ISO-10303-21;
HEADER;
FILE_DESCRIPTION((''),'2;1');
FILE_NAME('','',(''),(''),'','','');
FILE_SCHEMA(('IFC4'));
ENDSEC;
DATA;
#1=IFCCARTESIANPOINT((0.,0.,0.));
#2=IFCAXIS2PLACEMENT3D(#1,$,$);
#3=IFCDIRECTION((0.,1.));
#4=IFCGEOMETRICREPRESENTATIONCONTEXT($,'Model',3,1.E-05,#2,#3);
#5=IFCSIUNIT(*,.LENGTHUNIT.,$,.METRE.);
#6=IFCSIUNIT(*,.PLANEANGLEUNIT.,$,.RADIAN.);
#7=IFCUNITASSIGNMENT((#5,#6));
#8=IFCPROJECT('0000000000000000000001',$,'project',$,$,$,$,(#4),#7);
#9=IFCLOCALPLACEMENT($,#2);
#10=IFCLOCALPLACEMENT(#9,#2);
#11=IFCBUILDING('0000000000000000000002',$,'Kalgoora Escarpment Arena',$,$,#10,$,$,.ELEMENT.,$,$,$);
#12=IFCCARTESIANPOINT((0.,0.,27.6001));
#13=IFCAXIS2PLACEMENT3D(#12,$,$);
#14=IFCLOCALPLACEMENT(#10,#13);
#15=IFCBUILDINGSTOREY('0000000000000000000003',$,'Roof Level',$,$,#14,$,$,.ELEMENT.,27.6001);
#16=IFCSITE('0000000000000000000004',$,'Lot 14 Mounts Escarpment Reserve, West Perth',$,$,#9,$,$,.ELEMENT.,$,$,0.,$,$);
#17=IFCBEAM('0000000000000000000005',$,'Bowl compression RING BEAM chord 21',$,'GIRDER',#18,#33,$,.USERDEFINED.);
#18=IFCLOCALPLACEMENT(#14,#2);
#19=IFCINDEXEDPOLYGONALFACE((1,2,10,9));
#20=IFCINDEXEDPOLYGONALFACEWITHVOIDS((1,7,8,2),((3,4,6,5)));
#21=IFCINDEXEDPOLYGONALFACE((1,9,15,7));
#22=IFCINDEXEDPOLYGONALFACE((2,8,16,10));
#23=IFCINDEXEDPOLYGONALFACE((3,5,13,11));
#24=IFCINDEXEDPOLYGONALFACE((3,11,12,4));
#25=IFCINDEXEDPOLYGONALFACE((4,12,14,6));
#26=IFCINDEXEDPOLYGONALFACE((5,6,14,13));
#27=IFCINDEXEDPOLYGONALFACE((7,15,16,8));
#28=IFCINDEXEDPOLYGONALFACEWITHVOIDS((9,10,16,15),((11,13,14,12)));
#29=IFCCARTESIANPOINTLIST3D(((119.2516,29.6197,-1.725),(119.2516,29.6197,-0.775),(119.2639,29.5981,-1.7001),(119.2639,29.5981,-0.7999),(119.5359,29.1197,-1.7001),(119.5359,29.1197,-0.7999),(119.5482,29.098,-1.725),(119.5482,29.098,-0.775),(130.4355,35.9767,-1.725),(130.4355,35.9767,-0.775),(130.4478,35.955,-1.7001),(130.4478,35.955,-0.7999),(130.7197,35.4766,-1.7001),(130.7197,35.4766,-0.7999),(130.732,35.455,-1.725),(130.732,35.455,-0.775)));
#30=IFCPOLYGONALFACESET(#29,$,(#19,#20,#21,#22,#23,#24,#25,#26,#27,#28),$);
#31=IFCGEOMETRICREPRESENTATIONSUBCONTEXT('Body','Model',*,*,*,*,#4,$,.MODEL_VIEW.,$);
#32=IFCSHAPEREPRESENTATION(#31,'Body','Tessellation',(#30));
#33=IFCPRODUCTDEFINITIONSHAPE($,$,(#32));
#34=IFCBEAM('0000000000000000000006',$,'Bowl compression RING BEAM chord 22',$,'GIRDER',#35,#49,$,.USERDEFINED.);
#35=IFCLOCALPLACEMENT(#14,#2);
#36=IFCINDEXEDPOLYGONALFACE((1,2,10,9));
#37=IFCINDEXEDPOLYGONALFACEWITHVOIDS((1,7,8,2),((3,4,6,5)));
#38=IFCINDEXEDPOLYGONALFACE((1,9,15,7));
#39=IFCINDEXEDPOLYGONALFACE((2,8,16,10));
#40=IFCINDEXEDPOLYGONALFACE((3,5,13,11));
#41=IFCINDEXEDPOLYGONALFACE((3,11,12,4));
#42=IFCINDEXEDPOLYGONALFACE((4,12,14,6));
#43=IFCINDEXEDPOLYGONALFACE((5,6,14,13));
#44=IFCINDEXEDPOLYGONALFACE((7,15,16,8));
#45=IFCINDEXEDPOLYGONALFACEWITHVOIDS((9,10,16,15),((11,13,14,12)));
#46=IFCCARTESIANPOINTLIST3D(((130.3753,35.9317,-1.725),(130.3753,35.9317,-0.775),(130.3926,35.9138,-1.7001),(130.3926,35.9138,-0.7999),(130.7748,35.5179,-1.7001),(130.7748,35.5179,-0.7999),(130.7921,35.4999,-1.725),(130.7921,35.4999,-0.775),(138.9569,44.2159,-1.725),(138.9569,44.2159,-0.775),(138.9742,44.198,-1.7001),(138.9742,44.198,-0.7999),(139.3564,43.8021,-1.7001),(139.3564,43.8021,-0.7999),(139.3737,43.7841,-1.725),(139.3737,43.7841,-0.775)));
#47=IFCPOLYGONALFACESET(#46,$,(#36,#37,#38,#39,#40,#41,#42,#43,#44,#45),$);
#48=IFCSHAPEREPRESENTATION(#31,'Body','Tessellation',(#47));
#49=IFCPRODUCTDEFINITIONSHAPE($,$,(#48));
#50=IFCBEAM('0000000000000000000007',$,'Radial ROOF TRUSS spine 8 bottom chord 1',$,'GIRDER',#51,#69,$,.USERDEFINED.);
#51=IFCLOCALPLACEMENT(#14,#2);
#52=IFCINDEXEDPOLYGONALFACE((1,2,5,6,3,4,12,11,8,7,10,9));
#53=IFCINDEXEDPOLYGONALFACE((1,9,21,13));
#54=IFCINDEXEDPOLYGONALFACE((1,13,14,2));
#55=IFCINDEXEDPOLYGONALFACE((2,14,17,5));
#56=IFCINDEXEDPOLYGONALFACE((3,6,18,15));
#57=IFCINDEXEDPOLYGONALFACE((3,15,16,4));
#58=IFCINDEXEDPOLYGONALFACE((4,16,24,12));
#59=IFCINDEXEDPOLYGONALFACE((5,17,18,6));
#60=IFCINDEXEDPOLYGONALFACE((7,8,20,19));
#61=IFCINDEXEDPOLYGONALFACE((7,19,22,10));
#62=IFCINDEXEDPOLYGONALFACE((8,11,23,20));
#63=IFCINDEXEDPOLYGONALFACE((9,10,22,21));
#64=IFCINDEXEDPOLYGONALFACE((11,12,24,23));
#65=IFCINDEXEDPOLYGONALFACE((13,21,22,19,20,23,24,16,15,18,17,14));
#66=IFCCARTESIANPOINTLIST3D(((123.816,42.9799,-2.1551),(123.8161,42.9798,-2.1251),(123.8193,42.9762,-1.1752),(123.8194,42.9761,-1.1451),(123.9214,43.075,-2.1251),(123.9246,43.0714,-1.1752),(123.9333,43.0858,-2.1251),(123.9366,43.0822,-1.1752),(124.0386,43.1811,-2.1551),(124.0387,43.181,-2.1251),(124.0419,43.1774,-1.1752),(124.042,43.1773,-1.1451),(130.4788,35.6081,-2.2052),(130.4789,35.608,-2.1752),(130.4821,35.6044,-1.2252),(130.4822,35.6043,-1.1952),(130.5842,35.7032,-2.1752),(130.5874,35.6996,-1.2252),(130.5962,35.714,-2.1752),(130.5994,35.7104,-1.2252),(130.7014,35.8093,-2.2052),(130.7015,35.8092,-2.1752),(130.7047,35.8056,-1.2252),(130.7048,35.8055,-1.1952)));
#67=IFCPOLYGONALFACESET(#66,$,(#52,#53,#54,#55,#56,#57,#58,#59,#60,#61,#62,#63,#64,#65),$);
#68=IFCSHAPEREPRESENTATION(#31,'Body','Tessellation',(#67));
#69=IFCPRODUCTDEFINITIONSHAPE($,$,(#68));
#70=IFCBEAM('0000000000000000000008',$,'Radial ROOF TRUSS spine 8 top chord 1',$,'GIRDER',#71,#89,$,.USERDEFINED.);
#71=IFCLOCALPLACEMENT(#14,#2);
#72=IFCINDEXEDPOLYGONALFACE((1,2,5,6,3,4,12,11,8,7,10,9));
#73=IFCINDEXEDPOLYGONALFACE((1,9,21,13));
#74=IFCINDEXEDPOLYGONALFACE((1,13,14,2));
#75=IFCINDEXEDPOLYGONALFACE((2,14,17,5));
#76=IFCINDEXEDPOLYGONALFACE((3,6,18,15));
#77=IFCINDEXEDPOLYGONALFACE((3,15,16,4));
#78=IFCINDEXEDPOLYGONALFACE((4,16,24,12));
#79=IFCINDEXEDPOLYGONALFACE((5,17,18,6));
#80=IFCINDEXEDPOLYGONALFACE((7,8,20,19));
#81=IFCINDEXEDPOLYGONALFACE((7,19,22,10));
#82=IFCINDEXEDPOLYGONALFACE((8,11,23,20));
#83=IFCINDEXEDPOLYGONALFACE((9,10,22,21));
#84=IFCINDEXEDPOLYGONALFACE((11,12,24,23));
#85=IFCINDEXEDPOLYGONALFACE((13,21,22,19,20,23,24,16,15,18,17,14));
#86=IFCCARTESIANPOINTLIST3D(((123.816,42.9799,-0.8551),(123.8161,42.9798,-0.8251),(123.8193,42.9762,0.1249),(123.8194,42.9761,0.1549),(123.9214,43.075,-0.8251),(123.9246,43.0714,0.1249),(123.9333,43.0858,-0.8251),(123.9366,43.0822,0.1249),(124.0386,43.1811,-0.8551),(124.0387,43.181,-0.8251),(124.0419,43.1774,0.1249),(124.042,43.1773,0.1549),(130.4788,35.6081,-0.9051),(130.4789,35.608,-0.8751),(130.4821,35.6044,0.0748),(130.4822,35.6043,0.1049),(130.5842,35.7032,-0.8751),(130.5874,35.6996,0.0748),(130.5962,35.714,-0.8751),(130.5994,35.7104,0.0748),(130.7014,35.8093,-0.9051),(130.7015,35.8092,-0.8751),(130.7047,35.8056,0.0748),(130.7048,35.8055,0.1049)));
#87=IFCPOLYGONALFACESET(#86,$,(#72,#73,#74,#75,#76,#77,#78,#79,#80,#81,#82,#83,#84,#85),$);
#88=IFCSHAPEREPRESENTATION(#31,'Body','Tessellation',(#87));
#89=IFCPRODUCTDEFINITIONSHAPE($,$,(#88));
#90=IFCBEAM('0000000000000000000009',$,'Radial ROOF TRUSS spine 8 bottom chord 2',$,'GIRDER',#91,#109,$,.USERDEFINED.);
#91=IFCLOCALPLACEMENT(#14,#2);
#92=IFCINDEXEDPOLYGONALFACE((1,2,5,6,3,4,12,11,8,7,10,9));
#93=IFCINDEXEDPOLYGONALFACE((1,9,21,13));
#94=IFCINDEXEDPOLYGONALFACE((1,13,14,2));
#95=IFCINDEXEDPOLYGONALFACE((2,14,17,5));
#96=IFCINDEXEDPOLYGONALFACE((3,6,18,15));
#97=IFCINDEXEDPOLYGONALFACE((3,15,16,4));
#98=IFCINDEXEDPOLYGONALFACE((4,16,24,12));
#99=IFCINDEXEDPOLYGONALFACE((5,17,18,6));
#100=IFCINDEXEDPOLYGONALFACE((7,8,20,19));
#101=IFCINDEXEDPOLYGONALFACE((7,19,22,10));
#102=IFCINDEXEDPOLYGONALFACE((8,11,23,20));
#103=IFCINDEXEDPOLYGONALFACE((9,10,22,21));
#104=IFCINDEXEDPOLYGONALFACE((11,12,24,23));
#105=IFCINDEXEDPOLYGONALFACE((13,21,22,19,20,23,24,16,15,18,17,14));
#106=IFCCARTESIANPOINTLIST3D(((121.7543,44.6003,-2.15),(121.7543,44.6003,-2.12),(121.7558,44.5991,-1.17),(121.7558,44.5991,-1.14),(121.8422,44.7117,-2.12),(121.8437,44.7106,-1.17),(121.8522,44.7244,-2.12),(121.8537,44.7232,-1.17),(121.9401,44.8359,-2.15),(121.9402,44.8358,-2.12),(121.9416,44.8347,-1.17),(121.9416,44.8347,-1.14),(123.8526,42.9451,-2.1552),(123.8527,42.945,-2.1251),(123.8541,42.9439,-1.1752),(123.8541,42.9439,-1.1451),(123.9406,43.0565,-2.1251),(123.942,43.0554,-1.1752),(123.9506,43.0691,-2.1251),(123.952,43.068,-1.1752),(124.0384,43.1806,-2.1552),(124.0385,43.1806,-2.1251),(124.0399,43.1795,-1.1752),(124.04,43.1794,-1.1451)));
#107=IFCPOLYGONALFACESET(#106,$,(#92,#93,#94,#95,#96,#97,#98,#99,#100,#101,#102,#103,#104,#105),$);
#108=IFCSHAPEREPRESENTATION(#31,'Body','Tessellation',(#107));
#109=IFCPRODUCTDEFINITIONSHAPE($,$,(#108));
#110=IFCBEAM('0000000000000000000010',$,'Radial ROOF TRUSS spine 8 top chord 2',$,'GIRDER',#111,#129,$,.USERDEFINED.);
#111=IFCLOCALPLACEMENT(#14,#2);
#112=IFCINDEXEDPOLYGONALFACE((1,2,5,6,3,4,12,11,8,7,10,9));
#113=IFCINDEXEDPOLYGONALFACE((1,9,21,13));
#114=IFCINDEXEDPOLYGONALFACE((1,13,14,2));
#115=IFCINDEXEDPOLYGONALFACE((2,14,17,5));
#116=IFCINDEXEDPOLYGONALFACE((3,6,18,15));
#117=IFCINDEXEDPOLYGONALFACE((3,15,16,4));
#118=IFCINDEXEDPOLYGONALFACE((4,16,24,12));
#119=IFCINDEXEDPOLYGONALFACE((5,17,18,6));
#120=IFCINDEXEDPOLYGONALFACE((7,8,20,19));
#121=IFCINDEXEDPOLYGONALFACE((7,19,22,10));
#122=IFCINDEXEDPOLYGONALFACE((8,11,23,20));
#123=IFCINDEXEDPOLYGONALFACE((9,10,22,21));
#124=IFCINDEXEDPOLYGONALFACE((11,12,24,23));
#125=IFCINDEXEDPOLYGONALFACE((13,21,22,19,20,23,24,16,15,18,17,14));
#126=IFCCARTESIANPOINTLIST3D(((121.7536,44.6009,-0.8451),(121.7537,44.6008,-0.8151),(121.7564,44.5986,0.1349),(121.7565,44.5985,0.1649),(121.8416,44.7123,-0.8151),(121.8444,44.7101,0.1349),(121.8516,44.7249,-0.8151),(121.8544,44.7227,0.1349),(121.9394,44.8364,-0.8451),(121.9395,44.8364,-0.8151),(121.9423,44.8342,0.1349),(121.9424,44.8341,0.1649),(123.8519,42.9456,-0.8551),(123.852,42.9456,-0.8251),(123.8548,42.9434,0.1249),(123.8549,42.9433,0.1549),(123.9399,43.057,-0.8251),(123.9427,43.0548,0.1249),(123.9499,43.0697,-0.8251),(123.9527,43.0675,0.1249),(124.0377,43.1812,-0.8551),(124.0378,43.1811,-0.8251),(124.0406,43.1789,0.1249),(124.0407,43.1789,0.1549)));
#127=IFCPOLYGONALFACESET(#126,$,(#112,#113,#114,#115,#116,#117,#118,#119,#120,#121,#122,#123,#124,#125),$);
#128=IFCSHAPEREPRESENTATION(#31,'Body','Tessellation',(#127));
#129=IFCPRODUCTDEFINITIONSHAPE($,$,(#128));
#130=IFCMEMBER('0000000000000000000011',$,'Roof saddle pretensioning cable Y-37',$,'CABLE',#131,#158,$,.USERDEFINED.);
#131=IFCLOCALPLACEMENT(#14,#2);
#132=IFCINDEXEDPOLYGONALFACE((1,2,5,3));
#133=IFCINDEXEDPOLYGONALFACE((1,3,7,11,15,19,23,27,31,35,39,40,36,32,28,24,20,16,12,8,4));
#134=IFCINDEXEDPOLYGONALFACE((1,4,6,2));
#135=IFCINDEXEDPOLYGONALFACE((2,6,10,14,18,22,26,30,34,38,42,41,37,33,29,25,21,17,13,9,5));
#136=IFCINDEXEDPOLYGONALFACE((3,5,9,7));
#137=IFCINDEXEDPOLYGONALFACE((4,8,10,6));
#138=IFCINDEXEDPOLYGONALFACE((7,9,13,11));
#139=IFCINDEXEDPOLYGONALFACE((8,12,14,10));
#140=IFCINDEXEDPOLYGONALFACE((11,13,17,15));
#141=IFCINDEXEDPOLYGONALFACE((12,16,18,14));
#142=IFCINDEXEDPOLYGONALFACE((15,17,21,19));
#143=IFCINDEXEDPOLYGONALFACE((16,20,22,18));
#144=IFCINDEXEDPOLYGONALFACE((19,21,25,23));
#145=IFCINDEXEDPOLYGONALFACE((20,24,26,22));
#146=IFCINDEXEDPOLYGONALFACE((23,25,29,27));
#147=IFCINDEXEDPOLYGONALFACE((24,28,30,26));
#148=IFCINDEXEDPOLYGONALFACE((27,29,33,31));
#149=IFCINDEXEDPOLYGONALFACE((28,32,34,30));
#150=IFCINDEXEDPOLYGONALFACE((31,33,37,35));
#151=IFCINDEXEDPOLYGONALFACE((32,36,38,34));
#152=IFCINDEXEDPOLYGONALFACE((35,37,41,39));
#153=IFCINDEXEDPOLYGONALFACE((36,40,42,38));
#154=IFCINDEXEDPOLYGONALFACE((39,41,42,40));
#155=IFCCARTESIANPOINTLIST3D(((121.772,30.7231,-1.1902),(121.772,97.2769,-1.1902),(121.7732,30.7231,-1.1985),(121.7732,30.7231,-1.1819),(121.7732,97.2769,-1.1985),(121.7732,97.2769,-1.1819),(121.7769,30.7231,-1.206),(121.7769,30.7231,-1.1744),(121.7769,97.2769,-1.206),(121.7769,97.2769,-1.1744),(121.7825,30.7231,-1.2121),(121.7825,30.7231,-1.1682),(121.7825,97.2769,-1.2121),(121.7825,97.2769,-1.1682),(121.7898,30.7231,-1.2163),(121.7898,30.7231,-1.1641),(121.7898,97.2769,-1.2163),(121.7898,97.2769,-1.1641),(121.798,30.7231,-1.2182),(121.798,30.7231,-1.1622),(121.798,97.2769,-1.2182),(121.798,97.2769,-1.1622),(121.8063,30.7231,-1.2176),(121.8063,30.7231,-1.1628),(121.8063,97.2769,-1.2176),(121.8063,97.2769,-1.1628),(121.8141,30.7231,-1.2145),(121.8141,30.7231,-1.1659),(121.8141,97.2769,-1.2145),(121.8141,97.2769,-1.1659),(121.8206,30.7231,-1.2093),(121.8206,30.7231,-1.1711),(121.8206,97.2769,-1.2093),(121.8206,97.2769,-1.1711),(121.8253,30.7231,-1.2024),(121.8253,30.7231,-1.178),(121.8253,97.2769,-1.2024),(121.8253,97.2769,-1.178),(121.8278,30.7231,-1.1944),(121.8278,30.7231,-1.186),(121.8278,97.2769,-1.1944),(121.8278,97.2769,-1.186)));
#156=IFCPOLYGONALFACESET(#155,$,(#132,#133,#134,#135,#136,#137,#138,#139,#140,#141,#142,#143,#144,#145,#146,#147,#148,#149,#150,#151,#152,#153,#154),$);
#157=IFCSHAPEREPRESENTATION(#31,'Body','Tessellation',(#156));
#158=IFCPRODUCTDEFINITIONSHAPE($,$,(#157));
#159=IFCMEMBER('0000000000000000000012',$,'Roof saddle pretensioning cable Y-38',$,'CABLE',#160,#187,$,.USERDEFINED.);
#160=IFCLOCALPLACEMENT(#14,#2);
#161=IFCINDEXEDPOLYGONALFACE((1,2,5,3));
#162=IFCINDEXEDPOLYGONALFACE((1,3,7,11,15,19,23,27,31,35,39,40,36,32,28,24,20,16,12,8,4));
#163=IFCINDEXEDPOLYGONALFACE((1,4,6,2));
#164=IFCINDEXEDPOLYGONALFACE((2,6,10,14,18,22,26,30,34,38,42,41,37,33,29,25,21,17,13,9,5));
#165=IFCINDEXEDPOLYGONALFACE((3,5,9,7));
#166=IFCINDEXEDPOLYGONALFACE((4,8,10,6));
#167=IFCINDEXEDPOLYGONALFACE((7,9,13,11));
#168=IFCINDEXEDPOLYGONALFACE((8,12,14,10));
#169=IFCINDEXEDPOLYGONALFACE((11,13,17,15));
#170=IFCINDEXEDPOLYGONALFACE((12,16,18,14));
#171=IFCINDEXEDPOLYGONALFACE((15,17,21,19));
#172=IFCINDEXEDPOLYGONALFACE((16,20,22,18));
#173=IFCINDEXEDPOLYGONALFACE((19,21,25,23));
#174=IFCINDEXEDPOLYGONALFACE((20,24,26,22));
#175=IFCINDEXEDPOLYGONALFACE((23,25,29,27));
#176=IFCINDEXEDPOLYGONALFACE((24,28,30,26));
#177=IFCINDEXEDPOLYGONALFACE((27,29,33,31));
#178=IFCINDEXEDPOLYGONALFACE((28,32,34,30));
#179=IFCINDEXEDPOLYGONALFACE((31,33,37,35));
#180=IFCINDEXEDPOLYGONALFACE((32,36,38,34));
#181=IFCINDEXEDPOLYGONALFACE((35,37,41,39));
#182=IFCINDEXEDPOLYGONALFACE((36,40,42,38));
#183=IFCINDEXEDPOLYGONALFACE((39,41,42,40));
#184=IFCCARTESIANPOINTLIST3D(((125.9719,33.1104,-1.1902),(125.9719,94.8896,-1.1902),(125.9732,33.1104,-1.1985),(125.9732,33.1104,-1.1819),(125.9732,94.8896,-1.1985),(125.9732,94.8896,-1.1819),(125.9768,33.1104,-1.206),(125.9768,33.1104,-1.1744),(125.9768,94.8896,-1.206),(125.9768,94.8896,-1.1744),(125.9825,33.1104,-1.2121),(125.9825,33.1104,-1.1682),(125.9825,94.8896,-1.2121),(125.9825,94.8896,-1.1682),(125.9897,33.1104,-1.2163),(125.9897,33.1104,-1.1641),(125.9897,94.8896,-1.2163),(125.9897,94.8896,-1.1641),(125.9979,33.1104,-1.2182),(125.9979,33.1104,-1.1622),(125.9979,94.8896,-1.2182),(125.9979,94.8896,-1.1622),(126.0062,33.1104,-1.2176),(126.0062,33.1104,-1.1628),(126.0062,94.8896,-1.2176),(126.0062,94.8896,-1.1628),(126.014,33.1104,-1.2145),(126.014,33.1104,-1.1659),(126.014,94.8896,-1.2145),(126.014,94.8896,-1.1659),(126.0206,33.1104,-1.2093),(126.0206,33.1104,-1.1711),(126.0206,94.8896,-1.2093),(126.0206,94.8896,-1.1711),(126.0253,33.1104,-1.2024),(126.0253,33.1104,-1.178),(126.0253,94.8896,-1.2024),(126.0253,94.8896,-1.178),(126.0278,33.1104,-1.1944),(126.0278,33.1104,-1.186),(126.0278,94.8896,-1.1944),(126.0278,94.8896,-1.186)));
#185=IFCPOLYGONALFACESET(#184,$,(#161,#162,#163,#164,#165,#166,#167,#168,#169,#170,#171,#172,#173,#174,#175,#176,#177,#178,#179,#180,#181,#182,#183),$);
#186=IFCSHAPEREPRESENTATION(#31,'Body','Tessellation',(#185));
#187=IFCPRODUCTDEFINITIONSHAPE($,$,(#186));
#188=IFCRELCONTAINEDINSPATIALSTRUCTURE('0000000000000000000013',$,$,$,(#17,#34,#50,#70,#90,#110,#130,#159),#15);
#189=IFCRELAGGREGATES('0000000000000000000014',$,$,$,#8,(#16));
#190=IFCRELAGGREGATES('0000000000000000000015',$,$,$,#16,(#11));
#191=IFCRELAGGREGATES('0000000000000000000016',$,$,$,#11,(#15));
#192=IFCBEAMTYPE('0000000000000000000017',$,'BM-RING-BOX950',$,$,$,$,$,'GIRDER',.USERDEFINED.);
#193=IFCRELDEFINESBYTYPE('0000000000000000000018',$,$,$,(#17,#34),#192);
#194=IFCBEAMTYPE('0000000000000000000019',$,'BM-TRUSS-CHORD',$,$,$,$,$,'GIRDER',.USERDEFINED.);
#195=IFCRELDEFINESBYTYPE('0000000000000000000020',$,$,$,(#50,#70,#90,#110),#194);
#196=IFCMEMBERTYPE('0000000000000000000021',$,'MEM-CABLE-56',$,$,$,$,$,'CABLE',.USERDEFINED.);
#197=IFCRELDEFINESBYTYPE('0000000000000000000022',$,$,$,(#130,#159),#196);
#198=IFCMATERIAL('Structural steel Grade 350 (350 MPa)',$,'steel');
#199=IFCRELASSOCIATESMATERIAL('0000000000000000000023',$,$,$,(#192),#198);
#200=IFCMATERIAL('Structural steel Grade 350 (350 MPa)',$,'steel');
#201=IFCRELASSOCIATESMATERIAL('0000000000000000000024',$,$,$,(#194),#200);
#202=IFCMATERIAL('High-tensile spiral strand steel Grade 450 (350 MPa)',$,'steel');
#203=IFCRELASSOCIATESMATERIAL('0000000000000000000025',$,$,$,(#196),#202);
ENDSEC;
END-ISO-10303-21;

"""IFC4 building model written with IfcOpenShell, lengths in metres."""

from ifc_helpers import new_model, si_unit, direction, frame, origin, origin_2d, place, context, subcontext, project, spatial, hollow_rectangle, circle, i_section, extrude, material, material_profile, profile_set, type_object, element, save


model = new_model("IFC4")

# Units and contexts
model_context = context("Model", 3, precision=1e-05, world=origin(), true_north=direction((0.0, 1.0)))
body_context = subcontext(model_context, "Body", "Model", "MODEL_VIEW")
ifc_project = project(units=[si_unit("LENGTHUNIT", "METRE"), si_unit("PLANEANGLEUNIT", "RADIAN")], contexts=[model_context])

# Site, building, storey
site_placement = place(None, origin())
site = spatial("IfcSite", under=ifc_project, at=site_placement, Name="Lot 14 Mounts Escarpment Reserve, West Perth", CompositionType="ELEMENT", RefElevation=0.0)
building_placement = place(site_placement, origin())
building = spatial("IfcBuilding", under=site, at=building_placement, Name="Kalgoora Escarpment Arena", CompositionType="ELEMENT")
storey_placement = place(building_placement, frame((0.0, 0.0, 27.6001)))
storey = spatial("IfcBuildingStorey", under=building, at=storey_placement, Name="Roof Level", CompositionType="ELEMENT", Elevation=27.6001)

# Beams
ifc_material_1 = material(Name="Structural steel Grade 350 (350 MPa)", Category="steel")
ifc_material_profile_1 = material_profile(ifc_material_1, hollow_rectangle(XDim=0.6001, YDim=0.95, WallThickness=0.0249, at=origin_2d()))
ifc_profile_set_1 = profile_set([ifc_material_profile_1], Name="Structural steel Grade 350 (350 MPa)")
beam_type_1 = type_object("IfcBeamType", Name="BM-RING-BOX950", ElementType="GIRDER", PredefinedType="USERDEFINED", material=ifc_profile_set_1)
beam_1_placement = place(storey_placement, frame((119.3999, 29.3589, -1.25), z_axis=(0.869374, 0.494155, 0.0), x_axis=(-0.494155, 0.869374, 0.0)))
element("IfcBeam", 1, at=beam_1_placement, inside=storey, type_object=beam_type_1, Name="Bowl compression RING BEAM chord 21", ObjectType="GIRDER", PredefinedType="USERDEFINED", context=body_context, shape_type="SweptSolid", body=[
    extrude(hollow_rectangle(XDim=0.6001, YDim=0.95, WallThickness=0.0249, at=origin_2d()), origin(), (0.0, 0.0, 1.0), 12.8643),
])
beam_2_placement = place(storey_placement, frame((130.5837, 35.7158, -1.25), z_axis=(0.719462, 0.694532, 0.0), x_axis=(-0.694532, 0.719462, 0.0)))
element("IfcBeam", 2, at=beam_2_placement, inside=storey, type_object=beam_type_1, Name="Bowl compression RING BEAM chord 22", ObjectType="GIRDER", PredefinedType="USERDEFINED", context=body_context, shape_type="SweptSolid", body=[
    extrude(hollow_rectangle(XDim=0.6001, YDim=0.95, WallThickness=0.0249, at=origin_2d()), origin(), (0.0, 0.0, 1.0), 11.9277),
])
ifc_material_2 = material(Name="Structural steel Grade 350 (350 MPa)", Category="steel")
ifc_material_profile_2 = material_profile(ifc_material_2, i_section(OverallWidth=0.3, OverallDepth=1.01, WebThickness=0.0161, FlangeThickness=0.03, at=origin_2d()))
ifc_profile_set_2 = profile_set([ifc_material_profile_2], Name="Structural steel Grade 350 (350 MPa)")
beam_type_2 = type_object("IfcBeamType", Name="BM-TRUSS-CHORD", ElementType="GIRDER", PredefinedType="USERDEFINED", material=ifc_profile_set_2)
for number, where, z_axis, x_axis, name in (
    (3, (130.5918, 35.7068, -1.7002), (-0.670523, 0.741872, 0.005037), (-0.741881, -0.670531, 0.0), "Radial ROOF TRUSS spine 8 bottom chord 1"),
    (4, (130.5918, 35.7068, -0.4001), (-0.670523, 0.741872, 0.005037), (-0.741881, -0.670531, 0.0), "Radial ROOF TRUSS spine 8 top chord 1"),
):
    element("IfcBeam", number, at=place(storey_placement, frame(where, z_axis=z_axis, x_axis=x_axis)), inside=storey, type_object=beam_type_2, Name=name, ObjectType="GIRDER", PredefinedType="USERDEFINED", context=body_context, shape_type="SweptSolid", body=[
        extrude(i_section(OverallWidth=0.3, OverallDepth=1.01, WebThickness=0.0161, FlangeThickness=0.03, at=origin_2d()), origin(), (0.0, 0.0, 1.0), 9.9368),
    ])
for number, where, z_axis, x_axis, name in (
    (5, (123.9463, 43.0623, -1.6501), (-0.785127, 0.619332, 0.001918), (-0.619333, -0.785128, 0.0), "Radial ROOF TRUSS spine 8 bottom chord 2"),
    (6, (123.9463, 43.0623, -0.3501), (-0.785123, 0.619329, 0.003745), (-0.619333, -0.785128, 0.0), "Radial ROOF TRUSS spine 8 top chord 2"),
):
    element("IfcBeam", number, at=place(storey_placement, frame(where, z_axis=z_axis, x_axis=x_axis)), inside=storey, type_object=beam_type_2, Name=name, ObjectType="GIRDER", PredefinedType="USERDEFINED", context=body_context, shape_type="SweptSolid", body=[
        extrude(i_section(OverallWidth=0.3, OverallDepth=1.01, WebThickness=0.0161, FlangeThickness=0.03, at=origin_2d()), origin(), (0.0, 0.0, 1.0), 2.6726),
    ])

# Members
ifc_material_3 = material(Name="High-tensile spiral strand steel Grade 450 (350 MPa)", Category="steel")
ifc_material_profile_3 = material_profile(ifc_material_3, circle(Radius=0.0281, at=origin_2d()))
ifc_profile_set_3 = profile_set([ifc_material_profile_3], Name="High-tensile spiral strand steel Grade 450 (350 MPa)")
member_type_1 = type_object("IfcMemberType", Name="MEM-CABLE-56", ElementType="CABLE", PredefinedType="USERDEFINED", material=ifc_profile_set_3)
member_1_placement = place(storey_placement, frame((121.8, 30.7231, -1.1902), z_axis=(0.0, 1.0, 0.0), x_axis=(-1.0, 0.0, 0.0)))
element("IfcMember", 7, at=member_1_placement, inside=storey, type_object=member_type_1, Name="Roof saddle pretensioning cable Y-37", ObjectType="CABLE", PredefinedType="USERDEFINED", context=body_context, shape_type="SweptSolid", body=[
    extrude(circle(Radius=0.0281, at=origin_2d()), origin(), (0.0, 0.0, 1.0), 66.5537),
])
member_2_placement = place(storey_placement, frame((126.0, 33.1104, -1.1902), z_axis=(0.0, 1.0, 0.0), x_axis=(-1.0, 0.0, 0.0)))
element("IfcMember", 8, at=member_2_placement, inside=storey, type_object=member_type_1, Name="Roof saddle pretensioning cable Y-38", ObjectType="CABLE", PredefinedType="USERDEFINED", context=body_context, shape_type="SweptSolid", body=[
    extrude(circle(Radius=0.0281, at=origin_2d()), origin(), (0.0, 0.0, 1.0), 61.7793),
])

save(model, "model.ifc")
